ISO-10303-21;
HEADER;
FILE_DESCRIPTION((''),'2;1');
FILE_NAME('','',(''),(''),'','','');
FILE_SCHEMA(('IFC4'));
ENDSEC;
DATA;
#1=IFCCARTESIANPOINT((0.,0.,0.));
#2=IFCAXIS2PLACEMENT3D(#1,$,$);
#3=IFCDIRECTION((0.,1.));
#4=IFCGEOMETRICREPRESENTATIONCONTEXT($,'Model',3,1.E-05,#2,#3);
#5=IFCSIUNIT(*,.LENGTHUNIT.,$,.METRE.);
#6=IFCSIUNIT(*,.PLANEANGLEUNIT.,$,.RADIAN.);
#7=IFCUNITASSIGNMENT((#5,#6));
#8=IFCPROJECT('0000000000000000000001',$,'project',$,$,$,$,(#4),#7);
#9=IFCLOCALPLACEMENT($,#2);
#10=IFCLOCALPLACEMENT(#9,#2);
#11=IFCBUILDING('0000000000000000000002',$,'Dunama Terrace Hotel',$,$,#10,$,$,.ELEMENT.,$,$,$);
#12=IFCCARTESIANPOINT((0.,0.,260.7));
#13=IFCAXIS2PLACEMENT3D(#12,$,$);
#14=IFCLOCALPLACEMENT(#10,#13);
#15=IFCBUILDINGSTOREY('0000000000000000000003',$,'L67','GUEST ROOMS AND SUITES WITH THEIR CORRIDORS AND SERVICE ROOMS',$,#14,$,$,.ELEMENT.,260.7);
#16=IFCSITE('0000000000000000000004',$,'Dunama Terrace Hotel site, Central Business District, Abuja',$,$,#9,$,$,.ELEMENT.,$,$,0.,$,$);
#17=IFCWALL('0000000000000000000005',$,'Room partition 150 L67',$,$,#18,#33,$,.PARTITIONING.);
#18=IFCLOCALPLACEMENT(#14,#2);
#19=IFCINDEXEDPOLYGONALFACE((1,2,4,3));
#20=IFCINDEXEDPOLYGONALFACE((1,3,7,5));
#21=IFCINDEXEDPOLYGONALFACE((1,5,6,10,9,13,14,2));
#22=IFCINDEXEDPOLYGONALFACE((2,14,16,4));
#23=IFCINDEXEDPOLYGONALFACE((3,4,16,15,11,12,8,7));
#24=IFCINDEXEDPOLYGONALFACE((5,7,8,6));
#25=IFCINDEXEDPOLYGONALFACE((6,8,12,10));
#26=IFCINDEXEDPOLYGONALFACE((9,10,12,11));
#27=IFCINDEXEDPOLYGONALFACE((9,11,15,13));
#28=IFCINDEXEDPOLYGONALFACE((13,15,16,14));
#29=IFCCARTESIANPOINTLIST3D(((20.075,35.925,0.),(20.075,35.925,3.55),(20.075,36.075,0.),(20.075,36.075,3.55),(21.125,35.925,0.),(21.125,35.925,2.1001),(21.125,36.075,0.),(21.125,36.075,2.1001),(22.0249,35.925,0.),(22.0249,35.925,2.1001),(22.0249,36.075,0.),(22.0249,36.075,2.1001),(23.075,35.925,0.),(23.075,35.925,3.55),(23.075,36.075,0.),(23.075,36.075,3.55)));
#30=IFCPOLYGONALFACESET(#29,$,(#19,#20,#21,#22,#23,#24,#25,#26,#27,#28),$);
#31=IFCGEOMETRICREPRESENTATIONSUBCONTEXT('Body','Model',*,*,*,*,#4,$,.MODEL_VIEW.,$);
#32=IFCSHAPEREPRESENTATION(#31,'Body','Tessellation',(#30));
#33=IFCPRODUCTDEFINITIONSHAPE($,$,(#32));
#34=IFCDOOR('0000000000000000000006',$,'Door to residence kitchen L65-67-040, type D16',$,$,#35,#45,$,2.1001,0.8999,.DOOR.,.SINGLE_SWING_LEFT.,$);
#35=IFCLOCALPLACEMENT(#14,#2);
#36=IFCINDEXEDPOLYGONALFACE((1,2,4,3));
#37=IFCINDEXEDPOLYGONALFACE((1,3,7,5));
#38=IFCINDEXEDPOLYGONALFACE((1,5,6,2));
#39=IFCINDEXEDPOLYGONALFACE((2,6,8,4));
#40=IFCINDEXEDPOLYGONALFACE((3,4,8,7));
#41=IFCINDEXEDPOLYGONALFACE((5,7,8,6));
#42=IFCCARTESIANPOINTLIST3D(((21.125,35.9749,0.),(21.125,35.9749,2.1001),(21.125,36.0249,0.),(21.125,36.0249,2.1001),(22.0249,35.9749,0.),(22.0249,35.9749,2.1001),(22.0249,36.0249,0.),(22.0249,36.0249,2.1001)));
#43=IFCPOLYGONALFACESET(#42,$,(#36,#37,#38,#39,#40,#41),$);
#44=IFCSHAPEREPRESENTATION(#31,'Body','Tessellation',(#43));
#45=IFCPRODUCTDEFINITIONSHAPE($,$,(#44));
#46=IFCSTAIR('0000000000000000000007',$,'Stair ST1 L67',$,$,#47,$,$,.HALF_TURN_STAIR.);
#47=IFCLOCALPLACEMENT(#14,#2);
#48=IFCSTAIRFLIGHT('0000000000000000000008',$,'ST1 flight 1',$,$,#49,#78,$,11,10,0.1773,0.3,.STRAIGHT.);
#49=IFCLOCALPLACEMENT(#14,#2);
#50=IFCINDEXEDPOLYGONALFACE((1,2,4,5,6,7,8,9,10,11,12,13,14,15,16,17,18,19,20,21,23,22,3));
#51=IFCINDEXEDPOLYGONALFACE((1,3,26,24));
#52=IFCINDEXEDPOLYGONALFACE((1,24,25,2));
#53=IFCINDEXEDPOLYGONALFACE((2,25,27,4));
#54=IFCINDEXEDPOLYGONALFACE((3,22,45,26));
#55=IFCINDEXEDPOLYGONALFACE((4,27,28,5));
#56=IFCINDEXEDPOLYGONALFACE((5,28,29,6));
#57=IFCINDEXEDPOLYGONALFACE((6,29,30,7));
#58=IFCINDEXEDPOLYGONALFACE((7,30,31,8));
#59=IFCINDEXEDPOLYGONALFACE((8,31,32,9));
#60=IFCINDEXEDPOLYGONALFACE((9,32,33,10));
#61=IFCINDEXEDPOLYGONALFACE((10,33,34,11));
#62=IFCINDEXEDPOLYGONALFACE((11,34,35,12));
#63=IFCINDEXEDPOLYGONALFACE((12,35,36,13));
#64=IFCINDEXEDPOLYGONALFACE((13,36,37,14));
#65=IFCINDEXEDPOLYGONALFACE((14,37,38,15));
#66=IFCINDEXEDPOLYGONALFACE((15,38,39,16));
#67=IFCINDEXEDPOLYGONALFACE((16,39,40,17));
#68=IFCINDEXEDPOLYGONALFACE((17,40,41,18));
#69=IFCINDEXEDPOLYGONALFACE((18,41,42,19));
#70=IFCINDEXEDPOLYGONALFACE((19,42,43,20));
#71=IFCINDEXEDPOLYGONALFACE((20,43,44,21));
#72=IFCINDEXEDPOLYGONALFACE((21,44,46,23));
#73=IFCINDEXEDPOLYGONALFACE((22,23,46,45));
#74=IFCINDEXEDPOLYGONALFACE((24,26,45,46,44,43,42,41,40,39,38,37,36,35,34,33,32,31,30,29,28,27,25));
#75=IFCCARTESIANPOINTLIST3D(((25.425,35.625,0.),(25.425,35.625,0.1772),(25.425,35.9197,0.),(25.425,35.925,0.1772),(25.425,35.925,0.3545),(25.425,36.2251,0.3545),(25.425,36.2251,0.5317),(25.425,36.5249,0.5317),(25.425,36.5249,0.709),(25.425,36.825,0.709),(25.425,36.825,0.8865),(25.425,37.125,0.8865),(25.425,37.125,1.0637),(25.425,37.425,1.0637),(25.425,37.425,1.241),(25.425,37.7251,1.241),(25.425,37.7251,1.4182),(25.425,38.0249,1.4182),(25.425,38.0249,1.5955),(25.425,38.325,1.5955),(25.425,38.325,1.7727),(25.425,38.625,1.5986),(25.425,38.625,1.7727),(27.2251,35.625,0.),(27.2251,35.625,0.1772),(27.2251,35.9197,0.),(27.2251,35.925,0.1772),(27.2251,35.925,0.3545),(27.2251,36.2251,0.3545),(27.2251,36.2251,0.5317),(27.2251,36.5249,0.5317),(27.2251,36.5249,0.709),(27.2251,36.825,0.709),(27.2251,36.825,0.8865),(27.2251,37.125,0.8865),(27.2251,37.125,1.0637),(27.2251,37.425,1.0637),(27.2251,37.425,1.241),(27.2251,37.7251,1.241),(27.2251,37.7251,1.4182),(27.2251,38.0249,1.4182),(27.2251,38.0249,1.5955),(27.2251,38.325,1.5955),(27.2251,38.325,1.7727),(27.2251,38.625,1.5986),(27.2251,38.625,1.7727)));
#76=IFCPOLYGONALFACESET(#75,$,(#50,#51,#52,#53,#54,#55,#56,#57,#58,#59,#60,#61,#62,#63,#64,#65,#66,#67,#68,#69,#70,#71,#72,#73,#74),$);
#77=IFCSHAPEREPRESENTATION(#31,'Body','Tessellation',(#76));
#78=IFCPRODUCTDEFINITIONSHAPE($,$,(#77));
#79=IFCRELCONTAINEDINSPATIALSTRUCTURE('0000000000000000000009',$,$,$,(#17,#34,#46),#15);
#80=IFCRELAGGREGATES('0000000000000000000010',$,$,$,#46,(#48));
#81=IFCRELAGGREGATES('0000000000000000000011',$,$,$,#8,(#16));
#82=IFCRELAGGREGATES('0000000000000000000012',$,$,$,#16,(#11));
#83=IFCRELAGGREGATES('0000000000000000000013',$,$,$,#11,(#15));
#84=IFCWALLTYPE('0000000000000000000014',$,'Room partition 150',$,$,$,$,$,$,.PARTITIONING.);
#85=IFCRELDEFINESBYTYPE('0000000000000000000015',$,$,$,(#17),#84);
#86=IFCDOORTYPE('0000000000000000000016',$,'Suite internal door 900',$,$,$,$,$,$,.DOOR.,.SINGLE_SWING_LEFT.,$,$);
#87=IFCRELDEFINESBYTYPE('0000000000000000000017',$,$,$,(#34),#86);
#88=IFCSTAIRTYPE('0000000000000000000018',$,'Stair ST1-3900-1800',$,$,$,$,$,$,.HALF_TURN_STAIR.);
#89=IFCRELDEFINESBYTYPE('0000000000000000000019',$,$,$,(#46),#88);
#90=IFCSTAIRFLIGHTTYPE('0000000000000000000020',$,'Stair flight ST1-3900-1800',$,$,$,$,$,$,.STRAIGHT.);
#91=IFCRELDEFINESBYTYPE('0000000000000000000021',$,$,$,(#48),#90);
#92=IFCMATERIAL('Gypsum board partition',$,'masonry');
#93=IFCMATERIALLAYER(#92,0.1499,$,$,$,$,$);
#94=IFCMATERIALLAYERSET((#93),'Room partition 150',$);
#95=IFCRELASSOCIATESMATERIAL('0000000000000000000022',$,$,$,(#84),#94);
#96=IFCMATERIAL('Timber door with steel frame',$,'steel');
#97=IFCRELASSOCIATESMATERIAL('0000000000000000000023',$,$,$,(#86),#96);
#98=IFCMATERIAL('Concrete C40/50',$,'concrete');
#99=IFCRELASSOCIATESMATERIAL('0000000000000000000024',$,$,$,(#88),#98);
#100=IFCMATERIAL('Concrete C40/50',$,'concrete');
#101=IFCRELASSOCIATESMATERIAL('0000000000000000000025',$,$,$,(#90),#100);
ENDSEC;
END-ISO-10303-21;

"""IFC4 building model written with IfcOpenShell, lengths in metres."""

from ifc_helpers import new_model, si_unit, direction, frame, frame_2d, origin, place, context, subcontext, project, spatial, polyline, rectangle, outline, extrude, material, layer, layer_set, type_object, element, fill, aggregate, save


model = new_model("IFC4")

# Units and contexts
model_context = context("Model", 3, precision=1e-05, world=origin(), true_north=direction((0.0, 1.0)))
body_context = subcontext(model_context, "Body", "Model", "MODEL_VIEW")
ifc_project = project(units=[si_unit("LENGTHUNIT", "METRE"), si_unit("PLANEANGLEUNIT", "RADIAN")], contexts=[model_context])

# Site, building, storey
site_placement = place(None, origin())
site = spatial("IfcSite", under=ifc_project, at=site_placement, Name="Dunama Terrace Hotel site, Central Business District, Abuja", CompositionType="ELEMENT", RefElevation=0.0)
building_placement = place(site_placement, origin())
building = spatial("IfcBuilding", under=site, at=building_placement, Name="Dunama Terrace Hotel", CompositionType="ELEMENT")
storey_placement = place(building_placement, frame((0.0, 0.0, 260.7)))
storey = spatial("IfcBuildingStorey", under=building, at=storey_placement, Name="L67", Description="GUEST ROOMS AND SUITES WITH THEIR CORRIDORS AND SERVICE ROOMS", CompositionType="ELEMENT", Elevation=260.7)

# Shared definitions
ifc_material_1 = material(Name="Gypsum board partition", Category="masonry")
ifc_layer_1 = layer(ifc_material_1, 0.1499)
ifc_layer_set_1 = layer_set([ifc_layer_1], Name="Room partition 150")
wall_type_1 = type_object("IfcWallType", Name="Room partition 150", PredefinedType="PARTITIONING", material=ifc_layer_set_1)

# Wall, opening, door
ifc_material_2 = material(Name="Timber door with steel frame", Category="steel")
door_type_1 = type_object("IfcDoorType", Name="Suite internal door 900", OperationType="SINGLE_SWING_LEFT", PredefinedType="DOOR", material=ifc_material_2)
wall_1_placement = place(storey_placement, frame((20.075, 36.0, 0.0), z_axis=(0.0, 0.0, 1.0), x_axis=(1.0, 0.0, 0.0)))
wall_1 = element("IfcWall", 1, at=wall_1_placement, inside=storey, type_object=wall_type_1, Name="Room partition 150 L67", PredefinedType="PARTITIONING", context=body_context, shape_type="SweptSolid", body=[
    extrude(rectangle(XDim=3.0, YDim=0.1499, at=frame_2d((1.5, 0.0))), origin(), (0.0, 0.0, 1.0), 3.55),
])
opening_1_placement = place(wall_1_placement, frame((1.05, 0.0, 0.0)))
opening_1 = element("IfcOpeningElement", 2, at=opening_1_placement, cuts=wall_1, PredefinedType="OPENING", context=body_context, shape_type="SweptSolid", body=[
    extrude(rectangle(XDim=0.8999, YDim=2.1001, at=frame_2d((0.45, 1.05))), frame((0.0, 0.085, 0.0), z_axis=(0.0, -1.0, 0.0), x_axis=(1.0, 0.0, 0.0)), (0.0, 0.0, 1.0), 0.1699),
])
door_1_placement = place(opening_1_placement, frame((0.8999, 0.0, 0.0), z_axis=(0.0, 0.0, 1.0), x_axis=(-1.0, 0.0, 0.0)))
door_1 = element("IfcDoor", 3, at=door_1_placement, inside=storey, type_object=door_type_1, Name="Door to residence kitchen L65-67-040, type D16", OperationType="SINGLE_SWING_LEFT", OverallHeight=2.1001, OverallWidth=0.8999, PredefinedType="DOOR", context=body_context, shape_type="SweptSolid", body=[
    extrude(rectangle(XDim=0.8999, YDim=2.1001, at=frame_2d((0.45, 1.05))), frame((0.0, 0.0251, 0.0), z_axis=(0.0, -1.0, 0.0), x_axis=(1.0, 0.0, 0.0)), (0.0, 0.0, 1.0), 0.05),
])
fill(opening_1, door_1)

# Stair, stair flight
ifc_material_3 = material(Name="Concrete C40/50", Category="concrete")
stair_type = type_object("IfcStairType", Name="Stair ST1-3900-1800", PredefinedType="HALF_TURN_STAIR", material=ifc_material_3)
stair_placement = place(storey_placement, origin())
stair = element("IfcStair", 4, at=stair_placement, inside=storey, type_object=stair_type, Name="Stair ST1 L67", PredefinedType="HALF_TURN_STAIR")
ifc_material_4 = material(Name="Concrete C40/50", Category="concrete")
stair_flight_type = type_object("IfcStairFlightType", Name="Stair flight ST1-3900-1800", PredefinedType="STRAIGHT", material=ifc_material_4)
stair_flight_placement = place(storey_placement, frame((26.325, 35.625, 0.0), z_axis=(0.0, 0.0, 1.0), x_axis=(0.0, 1.0, 0.0)))
stair_flight = element("IfcStairFlight", 5, at=stair_flight_placement, type_object=stair_flight_type, Name="ST1 flight 1", NumberOfRisers=11, NumberOfTreads=10, PredefinedType="STRAIGHT", RiserHeight=0.1773, TreadLength=0.3, context=body_context, shape_type="SweptSolid", body=[
    extrude(outline(polyline([(0.0, 0.0), (0.0, 0.1772), (0.3, 0.1772), (0.3, 0.3545), (0.6001, 0.3545), (0.6001, 0.5317), (0.8999, 0.5317), (0.8999, 0.709), (1.2, 0.709), (1.2, 0.8865), (1.5, 0.8865), (1.5, 1.0637), (1.8, 1.0637), (1.8, 1.241), (2.1001, 1.241), (2.1001, 1.4182), (2.3999, 1.4182), (2.3999, 1.5955), (2.7, 1.5955), (2.7, 1.7727), (3.0, 1.7727), (3.0, 1.95), (3.0, 1.5986), (0.2947, 0.0), (0.0, 0.0)])), frame((0.0, 0.8999, 0.0), z_axis=(0.0, -1.0, 0.0), x_axis=(1.0, 0.0, 0.0)), (0.0, 0.0, 1.0), 1.8),
])
aggregate(stair, [stair_flight])

save(model, "model.ifc")
